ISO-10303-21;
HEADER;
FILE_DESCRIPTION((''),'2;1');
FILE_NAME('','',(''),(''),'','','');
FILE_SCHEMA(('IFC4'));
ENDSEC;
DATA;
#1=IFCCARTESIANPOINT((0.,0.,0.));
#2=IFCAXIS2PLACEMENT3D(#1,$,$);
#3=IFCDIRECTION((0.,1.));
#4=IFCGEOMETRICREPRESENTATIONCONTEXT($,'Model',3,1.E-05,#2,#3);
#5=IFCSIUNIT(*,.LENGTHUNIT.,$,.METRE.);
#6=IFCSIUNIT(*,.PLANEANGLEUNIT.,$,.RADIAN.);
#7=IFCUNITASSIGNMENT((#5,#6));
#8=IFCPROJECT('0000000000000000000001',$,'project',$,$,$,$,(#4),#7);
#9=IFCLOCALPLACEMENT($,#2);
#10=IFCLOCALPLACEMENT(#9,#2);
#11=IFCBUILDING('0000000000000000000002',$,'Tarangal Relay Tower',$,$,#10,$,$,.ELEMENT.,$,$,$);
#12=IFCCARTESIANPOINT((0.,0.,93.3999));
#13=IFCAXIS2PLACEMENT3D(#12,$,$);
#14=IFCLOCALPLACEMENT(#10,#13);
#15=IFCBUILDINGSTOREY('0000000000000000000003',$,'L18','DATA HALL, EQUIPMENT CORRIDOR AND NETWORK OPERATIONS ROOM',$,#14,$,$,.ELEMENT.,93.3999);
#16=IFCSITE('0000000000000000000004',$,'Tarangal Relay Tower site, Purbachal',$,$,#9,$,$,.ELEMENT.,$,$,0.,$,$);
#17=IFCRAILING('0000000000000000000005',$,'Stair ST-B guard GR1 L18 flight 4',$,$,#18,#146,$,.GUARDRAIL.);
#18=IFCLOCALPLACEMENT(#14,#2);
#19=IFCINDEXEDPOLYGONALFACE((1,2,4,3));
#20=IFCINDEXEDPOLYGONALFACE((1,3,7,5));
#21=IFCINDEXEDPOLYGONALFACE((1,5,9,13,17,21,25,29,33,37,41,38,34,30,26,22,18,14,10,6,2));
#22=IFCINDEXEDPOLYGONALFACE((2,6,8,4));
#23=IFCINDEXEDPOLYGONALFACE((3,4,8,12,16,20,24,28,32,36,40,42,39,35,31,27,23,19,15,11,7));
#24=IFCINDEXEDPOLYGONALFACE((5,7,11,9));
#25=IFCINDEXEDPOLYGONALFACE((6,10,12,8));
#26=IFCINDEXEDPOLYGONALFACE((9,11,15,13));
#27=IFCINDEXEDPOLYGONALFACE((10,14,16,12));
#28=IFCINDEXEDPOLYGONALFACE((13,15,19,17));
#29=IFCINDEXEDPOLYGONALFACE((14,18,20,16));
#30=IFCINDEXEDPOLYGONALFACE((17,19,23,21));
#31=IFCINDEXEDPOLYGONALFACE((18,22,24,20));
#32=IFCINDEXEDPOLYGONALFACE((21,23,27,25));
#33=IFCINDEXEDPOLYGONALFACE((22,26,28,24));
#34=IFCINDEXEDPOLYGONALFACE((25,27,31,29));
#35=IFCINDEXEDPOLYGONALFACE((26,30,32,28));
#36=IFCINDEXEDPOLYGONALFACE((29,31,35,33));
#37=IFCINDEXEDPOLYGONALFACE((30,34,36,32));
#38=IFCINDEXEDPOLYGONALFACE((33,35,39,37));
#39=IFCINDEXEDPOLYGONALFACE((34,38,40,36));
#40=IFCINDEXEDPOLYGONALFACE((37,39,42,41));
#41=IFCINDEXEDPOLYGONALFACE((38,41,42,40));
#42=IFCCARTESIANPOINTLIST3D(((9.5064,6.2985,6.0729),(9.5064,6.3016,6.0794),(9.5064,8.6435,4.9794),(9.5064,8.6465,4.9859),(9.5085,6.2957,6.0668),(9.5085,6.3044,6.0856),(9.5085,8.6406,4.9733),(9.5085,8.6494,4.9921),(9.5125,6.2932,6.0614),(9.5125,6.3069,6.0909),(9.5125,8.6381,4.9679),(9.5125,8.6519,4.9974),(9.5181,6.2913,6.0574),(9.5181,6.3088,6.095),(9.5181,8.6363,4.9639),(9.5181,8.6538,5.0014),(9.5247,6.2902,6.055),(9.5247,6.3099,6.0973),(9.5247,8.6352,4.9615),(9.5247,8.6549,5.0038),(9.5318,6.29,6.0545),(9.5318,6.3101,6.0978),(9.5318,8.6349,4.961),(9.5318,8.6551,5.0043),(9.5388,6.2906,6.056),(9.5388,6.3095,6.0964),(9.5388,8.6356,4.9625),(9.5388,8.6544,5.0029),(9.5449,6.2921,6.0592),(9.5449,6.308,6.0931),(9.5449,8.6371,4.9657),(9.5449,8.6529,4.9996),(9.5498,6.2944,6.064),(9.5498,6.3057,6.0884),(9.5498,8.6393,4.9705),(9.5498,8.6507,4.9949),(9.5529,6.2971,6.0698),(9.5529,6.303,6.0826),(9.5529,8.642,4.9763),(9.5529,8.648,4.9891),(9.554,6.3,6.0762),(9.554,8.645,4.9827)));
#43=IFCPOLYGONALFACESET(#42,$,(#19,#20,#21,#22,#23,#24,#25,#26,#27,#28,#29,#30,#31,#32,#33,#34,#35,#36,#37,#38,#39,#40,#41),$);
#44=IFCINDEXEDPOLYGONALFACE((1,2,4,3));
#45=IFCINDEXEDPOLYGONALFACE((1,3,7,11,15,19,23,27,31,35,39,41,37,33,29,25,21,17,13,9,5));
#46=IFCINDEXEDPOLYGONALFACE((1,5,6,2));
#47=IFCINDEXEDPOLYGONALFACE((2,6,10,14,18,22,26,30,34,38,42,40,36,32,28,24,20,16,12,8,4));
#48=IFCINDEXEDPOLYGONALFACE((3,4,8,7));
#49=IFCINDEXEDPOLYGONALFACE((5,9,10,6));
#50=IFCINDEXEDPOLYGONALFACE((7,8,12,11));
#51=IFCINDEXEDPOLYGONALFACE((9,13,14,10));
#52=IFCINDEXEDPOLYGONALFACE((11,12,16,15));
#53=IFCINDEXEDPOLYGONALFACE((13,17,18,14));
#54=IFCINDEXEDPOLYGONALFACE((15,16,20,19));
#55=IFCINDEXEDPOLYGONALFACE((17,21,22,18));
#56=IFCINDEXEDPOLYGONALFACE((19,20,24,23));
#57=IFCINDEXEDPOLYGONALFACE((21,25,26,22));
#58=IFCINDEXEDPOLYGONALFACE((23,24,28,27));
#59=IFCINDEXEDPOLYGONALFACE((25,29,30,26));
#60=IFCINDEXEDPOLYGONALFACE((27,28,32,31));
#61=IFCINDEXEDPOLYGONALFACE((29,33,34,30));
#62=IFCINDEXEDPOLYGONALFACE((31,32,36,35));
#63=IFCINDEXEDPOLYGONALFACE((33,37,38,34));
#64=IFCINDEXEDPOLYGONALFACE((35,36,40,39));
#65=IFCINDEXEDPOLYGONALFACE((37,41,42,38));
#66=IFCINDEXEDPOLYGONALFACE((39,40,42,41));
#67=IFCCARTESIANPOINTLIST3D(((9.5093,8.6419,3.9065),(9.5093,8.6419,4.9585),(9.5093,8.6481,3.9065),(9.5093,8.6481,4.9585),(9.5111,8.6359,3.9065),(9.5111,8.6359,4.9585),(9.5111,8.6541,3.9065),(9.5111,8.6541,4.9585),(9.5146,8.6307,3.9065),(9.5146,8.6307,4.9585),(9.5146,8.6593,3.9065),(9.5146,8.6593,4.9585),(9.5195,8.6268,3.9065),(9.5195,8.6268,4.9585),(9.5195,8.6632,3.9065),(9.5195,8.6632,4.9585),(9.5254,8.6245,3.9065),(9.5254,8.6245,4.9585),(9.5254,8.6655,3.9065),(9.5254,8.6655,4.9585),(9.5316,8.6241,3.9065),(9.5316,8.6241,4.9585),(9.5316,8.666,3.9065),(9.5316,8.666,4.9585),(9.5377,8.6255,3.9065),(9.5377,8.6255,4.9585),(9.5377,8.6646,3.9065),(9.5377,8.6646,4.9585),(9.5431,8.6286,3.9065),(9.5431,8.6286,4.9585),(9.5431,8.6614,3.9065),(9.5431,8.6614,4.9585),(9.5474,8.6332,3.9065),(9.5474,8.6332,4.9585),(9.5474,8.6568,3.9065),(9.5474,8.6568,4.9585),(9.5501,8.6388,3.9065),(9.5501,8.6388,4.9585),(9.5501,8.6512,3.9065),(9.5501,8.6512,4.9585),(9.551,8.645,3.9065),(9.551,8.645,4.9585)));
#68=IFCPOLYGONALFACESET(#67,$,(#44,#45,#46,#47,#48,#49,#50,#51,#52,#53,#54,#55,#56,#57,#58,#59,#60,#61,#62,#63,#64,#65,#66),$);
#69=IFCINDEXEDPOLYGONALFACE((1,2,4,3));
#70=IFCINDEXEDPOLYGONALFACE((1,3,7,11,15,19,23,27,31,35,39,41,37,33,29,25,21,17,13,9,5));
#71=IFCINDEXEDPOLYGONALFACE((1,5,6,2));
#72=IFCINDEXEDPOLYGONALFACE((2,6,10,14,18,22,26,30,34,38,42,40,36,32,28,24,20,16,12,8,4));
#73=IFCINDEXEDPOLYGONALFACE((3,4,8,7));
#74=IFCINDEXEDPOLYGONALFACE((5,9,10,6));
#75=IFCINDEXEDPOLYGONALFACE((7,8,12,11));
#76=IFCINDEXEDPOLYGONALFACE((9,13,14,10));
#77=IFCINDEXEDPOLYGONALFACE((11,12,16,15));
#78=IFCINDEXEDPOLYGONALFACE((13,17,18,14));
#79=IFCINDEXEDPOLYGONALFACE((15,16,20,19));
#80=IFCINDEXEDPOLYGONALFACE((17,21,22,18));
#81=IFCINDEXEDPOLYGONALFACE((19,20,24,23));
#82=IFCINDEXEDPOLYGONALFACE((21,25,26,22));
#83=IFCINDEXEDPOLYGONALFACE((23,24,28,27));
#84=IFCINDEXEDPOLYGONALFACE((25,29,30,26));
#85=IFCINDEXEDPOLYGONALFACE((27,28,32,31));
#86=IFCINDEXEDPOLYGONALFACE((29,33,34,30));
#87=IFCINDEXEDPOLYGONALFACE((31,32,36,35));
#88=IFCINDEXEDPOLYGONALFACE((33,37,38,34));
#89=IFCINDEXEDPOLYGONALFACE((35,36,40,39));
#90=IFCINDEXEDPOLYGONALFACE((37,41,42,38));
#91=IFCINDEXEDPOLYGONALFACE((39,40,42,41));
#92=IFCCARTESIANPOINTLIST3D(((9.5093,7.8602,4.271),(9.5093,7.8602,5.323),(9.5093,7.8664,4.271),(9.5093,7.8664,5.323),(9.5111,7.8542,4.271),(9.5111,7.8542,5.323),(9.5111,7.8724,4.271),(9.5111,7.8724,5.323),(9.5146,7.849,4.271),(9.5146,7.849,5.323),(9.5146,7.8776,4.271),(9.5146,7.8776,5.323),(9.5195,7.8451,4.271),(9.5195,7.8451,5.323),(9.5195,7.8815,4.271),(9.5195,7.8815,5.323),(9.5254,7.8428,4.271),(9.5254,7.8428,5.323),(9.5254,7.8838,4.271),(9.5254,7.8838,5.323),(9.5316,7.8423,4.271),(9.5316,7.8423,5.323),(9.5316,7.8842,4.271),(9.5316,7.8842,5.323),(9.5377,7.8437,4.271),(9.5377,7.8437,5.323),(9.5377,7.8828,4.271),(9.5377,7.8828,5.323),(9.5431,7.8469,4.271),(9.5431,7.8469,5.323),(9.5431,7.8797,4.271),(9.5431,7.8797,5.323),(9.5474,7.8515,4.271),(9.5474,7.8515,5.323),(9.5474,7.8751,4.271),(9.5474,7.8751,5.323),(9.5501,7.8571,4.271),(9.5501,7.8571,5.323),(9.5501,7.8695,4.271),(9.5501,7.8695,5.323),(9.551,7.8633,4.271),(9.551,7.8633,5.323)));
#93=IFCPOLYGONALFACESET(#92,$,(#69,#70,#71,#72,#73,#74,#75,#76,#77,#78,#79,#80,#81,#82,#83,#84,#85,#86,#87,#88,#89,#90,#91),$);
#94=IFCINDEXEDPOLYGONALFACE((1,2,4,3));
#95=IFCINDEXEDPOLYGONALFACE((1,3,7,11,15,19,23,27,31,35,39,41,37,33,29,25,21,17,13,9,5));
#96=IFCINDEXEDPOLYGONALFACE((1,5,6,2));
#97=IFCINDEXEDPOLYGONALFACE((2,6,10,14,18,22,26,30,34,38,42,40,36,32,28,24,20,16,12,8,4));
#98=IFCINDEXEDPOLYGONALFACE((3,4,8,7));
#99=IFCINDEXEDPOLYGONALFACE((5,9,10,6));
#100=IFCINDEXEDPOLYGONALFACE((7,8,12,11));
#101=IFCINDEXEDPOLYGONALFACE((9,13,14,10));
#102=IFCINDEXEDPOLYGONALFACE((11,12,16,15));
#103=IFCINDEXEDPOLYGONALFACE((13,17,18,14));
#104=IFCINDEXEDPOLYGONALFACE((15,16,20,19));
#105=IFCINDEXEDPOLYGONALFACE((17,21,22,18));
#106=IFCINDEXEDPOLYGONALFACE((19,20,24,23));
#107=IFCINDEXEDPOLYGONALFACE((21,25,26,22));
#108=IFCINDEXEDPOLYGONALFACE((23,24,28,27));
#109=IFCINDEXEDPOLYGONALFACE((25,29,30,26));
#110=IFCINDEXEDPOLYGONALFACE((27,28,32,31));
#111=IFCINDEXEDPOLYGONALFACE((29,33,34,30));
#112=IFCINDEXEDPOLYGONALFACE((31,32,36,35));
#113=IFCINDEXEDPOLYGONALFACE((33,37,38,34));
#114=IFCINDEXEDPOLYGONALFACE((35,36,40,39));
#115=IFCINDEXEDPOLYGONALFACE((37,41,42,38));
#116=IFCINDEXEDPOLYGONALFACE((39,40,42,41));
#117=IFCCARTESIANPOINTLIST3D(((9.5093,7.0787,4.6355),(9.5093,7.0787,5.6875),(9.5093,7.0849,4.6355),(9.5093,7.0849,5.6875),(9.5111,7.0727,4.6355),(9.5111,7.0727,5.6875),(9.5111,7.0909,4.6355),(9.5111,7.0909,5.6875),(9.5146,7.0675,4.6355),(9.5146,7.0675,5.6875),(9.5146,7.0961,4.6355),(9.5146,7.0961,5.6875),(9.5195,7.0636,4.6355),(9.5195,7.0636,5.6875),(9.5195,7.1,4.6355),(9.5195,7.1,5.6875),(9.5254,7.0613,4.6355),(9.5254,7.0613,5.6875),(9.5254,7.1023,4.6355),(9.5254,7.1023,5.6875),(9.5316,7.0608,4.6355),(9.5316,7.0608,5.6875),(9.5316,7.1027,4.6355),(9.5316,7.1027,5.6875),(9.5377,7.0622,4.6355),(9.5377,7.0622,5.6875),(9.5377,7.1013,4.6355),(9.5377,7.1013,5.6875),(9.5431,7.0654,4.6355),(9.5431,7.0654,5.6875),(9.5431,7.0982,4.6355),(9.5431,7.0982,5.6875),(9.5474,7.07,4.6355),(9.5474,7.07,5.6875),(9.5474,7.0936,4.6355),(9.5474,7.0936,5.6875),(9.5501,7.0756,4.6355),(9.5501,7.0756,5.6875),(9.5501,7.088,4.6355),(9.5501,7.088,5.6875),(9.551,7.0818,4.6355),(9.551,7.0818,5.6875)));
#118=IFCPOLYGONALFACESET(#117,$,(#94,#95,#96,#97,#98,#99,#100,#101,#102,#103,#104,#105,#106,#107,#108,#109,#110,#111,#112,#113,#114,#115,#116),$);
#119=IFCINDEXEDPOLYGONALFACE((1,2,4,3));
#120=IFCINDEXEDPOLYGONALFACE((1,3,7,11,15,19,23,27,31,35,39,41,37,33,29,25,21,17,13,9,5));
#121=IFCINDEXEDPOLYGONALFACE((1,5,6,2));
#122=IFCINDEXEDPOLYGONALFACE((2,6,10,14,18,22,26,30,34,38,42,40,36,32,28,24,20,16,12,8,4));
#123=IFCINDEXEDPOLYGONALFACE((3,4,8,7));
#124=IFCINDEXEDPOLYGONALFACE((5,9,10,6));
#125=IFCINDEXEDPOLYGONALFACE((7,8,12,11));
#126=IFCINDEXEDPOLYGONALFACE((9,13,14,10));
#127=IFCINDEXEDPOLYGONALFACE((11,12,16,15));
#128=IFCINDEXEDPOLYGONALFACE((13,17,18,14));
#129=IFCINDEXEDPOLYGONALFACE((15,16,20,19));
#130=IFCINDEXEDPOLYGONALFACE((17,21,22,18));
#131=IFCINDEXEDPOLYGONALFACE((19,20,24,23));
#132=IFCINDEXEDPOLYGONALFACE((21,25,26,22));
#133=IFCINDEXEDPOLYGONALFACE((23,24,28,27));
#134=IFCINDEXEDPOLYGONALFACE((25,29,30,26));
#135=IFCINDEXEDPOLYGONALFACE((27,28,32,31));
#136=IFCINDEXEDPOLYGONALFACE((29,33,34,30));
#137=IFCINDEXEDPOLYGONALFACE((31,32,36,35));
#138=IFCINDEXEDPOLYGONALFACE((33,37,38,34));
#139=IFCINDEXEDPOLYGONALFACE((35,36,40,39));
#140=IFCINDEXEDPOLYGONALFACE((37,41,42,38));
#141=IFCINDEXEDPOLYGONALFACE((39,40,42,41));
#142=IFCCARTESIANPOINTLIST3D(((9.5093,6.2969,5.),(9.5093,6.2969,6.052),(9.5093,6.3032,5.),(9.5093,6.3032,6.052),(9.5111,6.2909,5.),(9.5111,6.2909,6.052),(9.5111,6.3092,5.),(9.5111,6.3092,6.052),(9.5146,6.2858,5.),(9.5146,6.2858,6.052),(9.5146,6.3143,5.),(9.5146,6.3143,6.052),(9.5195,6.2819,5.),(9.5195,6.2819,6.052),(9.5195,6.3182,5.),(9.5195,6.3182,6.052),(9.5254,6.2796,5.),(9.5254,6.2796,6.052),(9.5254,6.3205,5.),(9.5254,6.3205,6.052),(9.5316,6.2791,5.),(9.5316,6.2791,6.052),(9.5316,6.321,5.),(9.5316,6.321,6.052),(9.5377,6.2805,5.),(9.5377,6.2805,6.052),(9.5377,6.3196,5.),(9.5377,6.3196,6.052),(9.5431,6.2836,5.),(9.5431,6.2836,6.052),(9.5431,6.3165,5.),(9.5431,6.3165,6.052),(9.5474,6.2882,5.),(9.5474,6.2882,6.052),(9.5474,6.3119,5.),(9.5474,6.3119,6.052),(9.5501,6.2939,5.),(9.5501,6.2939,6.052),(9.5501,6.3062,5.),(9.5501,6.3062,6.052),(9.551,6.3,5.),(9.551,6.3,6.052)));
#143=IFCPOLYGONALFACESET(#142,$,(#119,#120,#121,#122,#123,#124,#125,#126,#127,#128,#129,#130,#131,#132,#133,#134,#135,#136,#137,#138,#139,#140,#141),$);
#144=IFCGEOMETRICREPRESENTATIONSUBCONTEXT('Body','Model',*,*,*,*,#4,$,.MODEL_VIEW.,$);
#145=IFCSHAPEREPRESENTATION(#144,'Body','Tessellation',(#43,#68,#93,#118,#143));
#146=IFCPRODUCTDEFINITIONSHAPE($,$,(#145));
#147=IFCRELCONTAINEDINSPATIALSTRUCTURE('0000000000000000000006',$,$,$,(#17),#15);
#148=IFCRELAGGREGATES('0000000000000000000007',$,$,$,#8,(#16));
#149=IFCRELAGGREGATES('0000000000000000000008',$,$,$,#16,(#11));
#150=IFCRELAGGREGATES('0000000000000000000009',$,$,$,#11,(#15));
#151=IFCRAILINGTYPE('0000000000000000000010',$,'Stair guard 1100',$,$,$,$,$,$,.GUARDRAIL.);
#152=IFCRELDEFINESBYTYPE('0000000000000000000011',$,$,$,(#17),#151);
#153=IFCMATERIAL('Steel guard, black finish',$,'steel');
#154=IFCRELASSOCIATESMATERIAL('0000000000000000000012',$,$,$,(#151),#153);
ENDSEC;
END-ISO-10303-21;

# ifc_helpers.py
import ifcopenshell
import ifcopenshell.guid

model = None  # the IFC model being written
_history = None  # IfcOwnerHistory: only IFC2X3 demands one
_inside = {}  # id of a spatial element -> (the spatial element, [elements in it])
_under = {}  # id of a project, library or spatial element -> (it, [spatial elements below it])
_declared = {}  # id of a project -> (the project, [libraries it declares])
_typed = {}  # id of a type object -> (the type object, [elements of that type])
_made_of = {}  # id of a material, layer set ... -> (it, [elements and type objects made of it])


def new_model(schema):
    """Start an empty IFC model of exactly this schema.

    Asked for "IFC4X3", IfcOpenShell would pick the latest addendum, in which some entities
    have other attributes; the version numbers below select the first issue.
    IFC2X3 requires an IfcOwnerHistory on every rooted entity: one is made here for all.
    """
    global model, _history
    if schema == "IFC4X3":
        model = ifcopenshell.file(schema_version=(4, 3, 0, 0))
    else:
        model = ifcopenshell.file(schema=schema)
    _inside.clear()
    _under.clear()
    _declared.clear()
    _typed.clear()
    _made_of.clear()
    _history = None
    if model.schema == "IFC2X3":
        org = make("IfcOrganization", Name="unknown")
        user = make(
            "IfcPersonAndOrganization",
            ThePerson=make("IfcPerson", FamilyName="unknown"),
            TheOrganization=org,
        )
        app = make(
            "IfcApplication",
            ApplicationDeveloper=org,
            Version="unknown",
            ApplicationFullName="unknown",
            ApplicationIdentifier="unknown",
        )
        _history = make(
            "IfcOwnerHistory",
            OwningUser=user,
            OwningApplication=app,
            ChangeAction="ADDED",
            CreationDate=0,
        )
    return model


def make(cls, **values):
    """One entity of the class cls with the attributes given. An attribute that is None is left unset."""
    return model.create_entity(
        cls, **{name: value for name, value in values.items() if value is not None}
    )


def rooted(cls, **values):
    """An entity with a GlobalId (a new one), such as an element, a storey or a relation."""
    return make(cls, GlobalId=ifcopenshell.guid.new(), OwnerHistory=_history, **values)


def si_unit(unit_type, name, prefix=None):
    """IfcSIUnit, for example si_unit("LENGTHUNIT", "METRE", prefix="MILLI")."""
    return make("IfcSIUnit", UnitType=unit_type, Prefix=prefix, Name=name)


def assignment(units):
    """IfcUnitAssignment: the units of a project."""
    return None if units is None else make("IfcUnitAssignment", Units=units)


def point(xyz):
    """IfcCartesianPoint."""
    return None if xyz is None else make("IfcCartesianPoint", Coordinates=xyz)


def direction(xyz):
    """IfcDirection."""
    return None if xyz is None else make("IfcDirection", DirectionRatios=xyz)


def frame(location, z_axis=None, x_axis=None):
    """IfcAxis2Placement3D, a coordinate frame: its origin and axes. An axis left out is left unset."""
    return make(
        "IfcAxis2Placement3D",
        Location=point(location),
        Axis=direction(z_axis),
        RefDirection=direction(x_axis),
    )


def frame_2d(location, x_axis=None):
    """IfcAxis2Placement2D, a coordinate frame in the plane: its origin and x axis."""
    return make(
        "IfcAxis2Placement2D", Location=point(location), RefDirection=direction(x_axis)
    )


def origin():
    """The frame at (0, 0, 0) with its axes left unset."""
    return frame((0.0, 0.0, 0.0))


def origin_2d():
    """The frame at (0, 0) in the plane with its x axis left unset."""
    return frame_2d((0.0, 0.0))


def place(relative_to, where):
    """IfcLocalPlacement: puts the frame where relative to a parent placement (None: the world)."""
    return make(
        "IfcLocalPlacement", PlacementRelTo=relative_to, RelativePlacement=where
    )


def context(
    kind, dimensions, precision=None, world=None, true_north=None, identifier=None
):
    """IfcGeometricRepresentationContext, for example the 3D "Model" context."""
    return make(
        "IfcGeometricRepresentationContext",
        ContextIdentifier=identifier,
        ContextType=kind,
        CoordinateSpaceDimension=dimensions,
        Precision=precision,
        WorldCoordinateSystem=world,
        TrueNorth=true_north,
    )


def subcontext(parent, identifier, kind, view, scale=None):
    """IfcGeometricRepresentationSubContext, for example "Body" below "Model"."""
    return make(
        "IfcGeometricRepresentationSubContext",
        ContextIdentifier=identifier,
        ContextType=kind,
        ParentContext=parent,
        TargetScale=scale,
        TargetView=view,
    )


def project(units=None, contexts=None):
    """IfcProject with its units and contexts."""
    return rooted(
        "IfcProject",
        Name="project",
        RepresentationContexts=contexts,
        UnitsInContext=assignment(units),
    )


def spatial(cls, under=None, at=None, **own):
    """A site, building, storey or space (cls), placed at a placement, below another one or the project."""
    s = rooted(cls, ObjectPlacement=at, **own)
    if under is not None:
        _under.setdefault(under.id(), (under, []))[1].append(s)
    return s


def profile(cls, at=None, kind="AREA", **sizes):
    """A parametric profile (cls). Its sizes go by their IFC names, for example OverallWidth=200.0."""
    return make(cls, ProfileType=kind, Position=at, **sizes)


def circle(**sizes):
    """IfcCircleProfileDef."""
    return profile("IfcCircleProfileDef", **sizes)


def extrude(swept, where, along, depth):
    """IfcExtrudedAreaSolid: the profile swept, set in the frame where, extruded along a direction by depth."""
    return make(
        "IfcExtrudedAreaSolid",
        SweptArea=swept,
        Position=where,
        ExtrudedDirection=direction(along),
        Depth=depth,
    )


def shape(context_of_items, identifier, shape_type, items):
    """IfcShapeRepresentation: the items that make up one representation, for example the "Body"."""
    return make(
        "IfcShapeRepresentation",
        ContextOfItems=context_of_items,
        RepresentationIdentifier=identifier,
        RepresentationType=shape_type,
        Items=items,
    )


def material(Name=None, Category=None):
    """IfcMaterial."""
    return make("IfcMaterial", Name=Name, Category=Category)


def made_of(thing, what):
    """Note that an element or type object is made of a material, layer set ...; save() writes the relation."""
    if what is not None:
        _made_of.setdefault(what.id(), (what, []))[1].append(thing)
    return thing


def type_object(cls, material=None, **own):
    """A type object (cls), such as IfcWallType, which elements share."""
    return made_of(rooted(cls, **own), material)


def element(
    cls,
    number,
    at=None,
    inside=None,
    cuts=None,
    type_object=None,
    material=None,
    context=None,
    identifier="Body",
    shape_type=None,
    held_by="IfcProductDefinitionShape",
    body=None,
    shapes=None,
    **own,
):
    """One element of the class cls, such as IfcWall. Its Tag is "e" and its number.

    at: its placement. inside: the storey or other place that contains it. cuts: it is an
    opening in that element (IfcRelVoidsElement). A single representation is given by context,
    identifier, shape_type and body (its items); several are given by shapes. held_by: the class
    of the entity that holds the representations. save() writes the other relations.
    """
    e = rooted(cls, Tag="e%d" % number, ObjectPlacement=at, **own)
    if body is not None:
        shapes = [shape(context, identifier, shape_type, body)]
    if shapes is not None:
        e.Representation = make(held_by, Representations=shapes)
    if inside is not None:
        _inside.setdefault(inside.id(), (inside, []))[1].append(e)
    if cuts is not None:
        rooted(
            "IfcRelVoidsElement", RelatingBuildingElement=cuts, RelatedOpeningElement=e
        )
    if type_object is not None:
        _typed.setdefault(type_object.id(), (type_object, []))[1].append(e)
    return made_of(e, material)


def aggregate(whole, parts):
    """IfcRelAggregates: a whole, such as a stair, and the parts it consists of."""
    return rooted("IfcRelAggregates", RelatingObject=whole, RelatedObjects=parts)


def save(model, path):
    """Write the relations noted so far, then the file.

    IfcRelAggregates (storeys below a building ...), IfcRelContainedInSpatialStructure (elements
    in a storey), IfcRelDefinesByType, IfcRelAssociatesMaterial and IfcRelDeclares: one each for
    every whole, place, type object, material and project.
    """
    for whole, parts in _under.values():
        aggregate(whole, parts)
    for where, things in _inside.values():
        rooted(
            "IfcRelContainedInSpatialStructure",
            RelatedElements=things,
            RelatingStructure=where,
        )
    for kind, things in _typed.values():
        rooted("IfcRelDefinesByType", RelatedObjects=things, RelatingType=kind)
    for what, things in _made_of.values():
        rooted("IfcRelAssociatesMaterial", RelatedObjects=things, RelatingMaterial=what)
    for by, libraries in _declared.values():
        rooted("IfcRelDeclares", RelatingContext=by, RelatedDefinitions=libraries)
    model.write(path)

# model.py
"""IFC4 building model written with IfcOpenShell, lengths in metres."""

from ifc_helpers import new_model, si_unit, direction, frame, origin, origin_2d, place, context, subcontext, project, spatial, circle, extrude, material, type_object, element, save


model = new_model("IFC4")

# Units and contexts
model_context = context("Model", 3, precision=1e-05, world=origin(), true_north=direction((0.0, 1.0)))
body_context = subcontext(model_context, "Body", "Model", "MODEL_VIEW")
ifc_project = project(units=[si_unit("LENGTHUNIT", "METRE"), si_unit("PLANEANGLEUNIT", "RADIAN")], contexts=[model_context])

# Site, building, storey
site_placement = place(None, origin())
site = spatial("IfcSite", under=ifc_project, at=site_placement, Name="Tarangal Relay Tower site, Purbachal", CompositionType="ELEMENT", RefElevation=0.0)
building_placement = place(site_placement, origin())
building = spatial("IfcBuilding", under=site, at=building_placement, Name="Tarangal Relay Tower", CompositionType="ELEMENT")
storey_placement = place(building_placement, frame((0.0, 0.0, 93.3999)))
storey = spatial("IfcBuildingStorey", under=building, at=storey_placement, Name="L18", Description="DATA HALL, EQUIPMENT CORRIDOR AND NETWORK OPERATIONS ROOM", CompositionType="ELEMENT", Elevation=93.3999)

# Railing
ifc_material_1 = material(Name="Steel guard, black finish", Category="steel")
railing_type_1 = type_object("IfcRailingType", Name="Stair guard 1100", PredefinedType="GUARDRAIL", material=ifc_material_1)
railing_1_placement = place(storey_placement, frame((9.53, 8.645, 3.9065)))
element("IfcRailing", 1, at=railing_1_placement, inside=storey, type_object=railing_type_1, Name="Stair ST-B guard GR1 L18 flight 4", PredefinedType="GUARDRAIL", context=body_context, shape_type="SweptSolid", body=[
    extrude(circle(Radius=0.0239, at=origin_2d()), frame((0.0, 0.0, 1.0762), z_axis=(0.0, -0.906304, 0.422627), x_axis=(1.0, 0.0, 0.0)), (0.0, 0.0, 1.0), 2.5874),
    extrude(circle(Radius=0.021, at=origin_2d()), origin(), (0.0, 0.0, 1.0), 1.052),
    extrude(circle(Radius=0.021, at=origin_2d()), frame((0.0, -0.7817, 0.3645)), (0.0, 0.0, 1.0), 1.052),
    extrude(circle(Radius=0.021, at=origin_2d()), frame((0.0, -1.5632, 0.729)), (0.0, 0.0, 1.0), 1.052),
    extrude(circle(Radius=0.021, at=origin_2d()), frame((0.0, -2.345, 1.0935)), (0.0, 0.0, 1.0), 1.052),
])

save(model, "model.ifc")
